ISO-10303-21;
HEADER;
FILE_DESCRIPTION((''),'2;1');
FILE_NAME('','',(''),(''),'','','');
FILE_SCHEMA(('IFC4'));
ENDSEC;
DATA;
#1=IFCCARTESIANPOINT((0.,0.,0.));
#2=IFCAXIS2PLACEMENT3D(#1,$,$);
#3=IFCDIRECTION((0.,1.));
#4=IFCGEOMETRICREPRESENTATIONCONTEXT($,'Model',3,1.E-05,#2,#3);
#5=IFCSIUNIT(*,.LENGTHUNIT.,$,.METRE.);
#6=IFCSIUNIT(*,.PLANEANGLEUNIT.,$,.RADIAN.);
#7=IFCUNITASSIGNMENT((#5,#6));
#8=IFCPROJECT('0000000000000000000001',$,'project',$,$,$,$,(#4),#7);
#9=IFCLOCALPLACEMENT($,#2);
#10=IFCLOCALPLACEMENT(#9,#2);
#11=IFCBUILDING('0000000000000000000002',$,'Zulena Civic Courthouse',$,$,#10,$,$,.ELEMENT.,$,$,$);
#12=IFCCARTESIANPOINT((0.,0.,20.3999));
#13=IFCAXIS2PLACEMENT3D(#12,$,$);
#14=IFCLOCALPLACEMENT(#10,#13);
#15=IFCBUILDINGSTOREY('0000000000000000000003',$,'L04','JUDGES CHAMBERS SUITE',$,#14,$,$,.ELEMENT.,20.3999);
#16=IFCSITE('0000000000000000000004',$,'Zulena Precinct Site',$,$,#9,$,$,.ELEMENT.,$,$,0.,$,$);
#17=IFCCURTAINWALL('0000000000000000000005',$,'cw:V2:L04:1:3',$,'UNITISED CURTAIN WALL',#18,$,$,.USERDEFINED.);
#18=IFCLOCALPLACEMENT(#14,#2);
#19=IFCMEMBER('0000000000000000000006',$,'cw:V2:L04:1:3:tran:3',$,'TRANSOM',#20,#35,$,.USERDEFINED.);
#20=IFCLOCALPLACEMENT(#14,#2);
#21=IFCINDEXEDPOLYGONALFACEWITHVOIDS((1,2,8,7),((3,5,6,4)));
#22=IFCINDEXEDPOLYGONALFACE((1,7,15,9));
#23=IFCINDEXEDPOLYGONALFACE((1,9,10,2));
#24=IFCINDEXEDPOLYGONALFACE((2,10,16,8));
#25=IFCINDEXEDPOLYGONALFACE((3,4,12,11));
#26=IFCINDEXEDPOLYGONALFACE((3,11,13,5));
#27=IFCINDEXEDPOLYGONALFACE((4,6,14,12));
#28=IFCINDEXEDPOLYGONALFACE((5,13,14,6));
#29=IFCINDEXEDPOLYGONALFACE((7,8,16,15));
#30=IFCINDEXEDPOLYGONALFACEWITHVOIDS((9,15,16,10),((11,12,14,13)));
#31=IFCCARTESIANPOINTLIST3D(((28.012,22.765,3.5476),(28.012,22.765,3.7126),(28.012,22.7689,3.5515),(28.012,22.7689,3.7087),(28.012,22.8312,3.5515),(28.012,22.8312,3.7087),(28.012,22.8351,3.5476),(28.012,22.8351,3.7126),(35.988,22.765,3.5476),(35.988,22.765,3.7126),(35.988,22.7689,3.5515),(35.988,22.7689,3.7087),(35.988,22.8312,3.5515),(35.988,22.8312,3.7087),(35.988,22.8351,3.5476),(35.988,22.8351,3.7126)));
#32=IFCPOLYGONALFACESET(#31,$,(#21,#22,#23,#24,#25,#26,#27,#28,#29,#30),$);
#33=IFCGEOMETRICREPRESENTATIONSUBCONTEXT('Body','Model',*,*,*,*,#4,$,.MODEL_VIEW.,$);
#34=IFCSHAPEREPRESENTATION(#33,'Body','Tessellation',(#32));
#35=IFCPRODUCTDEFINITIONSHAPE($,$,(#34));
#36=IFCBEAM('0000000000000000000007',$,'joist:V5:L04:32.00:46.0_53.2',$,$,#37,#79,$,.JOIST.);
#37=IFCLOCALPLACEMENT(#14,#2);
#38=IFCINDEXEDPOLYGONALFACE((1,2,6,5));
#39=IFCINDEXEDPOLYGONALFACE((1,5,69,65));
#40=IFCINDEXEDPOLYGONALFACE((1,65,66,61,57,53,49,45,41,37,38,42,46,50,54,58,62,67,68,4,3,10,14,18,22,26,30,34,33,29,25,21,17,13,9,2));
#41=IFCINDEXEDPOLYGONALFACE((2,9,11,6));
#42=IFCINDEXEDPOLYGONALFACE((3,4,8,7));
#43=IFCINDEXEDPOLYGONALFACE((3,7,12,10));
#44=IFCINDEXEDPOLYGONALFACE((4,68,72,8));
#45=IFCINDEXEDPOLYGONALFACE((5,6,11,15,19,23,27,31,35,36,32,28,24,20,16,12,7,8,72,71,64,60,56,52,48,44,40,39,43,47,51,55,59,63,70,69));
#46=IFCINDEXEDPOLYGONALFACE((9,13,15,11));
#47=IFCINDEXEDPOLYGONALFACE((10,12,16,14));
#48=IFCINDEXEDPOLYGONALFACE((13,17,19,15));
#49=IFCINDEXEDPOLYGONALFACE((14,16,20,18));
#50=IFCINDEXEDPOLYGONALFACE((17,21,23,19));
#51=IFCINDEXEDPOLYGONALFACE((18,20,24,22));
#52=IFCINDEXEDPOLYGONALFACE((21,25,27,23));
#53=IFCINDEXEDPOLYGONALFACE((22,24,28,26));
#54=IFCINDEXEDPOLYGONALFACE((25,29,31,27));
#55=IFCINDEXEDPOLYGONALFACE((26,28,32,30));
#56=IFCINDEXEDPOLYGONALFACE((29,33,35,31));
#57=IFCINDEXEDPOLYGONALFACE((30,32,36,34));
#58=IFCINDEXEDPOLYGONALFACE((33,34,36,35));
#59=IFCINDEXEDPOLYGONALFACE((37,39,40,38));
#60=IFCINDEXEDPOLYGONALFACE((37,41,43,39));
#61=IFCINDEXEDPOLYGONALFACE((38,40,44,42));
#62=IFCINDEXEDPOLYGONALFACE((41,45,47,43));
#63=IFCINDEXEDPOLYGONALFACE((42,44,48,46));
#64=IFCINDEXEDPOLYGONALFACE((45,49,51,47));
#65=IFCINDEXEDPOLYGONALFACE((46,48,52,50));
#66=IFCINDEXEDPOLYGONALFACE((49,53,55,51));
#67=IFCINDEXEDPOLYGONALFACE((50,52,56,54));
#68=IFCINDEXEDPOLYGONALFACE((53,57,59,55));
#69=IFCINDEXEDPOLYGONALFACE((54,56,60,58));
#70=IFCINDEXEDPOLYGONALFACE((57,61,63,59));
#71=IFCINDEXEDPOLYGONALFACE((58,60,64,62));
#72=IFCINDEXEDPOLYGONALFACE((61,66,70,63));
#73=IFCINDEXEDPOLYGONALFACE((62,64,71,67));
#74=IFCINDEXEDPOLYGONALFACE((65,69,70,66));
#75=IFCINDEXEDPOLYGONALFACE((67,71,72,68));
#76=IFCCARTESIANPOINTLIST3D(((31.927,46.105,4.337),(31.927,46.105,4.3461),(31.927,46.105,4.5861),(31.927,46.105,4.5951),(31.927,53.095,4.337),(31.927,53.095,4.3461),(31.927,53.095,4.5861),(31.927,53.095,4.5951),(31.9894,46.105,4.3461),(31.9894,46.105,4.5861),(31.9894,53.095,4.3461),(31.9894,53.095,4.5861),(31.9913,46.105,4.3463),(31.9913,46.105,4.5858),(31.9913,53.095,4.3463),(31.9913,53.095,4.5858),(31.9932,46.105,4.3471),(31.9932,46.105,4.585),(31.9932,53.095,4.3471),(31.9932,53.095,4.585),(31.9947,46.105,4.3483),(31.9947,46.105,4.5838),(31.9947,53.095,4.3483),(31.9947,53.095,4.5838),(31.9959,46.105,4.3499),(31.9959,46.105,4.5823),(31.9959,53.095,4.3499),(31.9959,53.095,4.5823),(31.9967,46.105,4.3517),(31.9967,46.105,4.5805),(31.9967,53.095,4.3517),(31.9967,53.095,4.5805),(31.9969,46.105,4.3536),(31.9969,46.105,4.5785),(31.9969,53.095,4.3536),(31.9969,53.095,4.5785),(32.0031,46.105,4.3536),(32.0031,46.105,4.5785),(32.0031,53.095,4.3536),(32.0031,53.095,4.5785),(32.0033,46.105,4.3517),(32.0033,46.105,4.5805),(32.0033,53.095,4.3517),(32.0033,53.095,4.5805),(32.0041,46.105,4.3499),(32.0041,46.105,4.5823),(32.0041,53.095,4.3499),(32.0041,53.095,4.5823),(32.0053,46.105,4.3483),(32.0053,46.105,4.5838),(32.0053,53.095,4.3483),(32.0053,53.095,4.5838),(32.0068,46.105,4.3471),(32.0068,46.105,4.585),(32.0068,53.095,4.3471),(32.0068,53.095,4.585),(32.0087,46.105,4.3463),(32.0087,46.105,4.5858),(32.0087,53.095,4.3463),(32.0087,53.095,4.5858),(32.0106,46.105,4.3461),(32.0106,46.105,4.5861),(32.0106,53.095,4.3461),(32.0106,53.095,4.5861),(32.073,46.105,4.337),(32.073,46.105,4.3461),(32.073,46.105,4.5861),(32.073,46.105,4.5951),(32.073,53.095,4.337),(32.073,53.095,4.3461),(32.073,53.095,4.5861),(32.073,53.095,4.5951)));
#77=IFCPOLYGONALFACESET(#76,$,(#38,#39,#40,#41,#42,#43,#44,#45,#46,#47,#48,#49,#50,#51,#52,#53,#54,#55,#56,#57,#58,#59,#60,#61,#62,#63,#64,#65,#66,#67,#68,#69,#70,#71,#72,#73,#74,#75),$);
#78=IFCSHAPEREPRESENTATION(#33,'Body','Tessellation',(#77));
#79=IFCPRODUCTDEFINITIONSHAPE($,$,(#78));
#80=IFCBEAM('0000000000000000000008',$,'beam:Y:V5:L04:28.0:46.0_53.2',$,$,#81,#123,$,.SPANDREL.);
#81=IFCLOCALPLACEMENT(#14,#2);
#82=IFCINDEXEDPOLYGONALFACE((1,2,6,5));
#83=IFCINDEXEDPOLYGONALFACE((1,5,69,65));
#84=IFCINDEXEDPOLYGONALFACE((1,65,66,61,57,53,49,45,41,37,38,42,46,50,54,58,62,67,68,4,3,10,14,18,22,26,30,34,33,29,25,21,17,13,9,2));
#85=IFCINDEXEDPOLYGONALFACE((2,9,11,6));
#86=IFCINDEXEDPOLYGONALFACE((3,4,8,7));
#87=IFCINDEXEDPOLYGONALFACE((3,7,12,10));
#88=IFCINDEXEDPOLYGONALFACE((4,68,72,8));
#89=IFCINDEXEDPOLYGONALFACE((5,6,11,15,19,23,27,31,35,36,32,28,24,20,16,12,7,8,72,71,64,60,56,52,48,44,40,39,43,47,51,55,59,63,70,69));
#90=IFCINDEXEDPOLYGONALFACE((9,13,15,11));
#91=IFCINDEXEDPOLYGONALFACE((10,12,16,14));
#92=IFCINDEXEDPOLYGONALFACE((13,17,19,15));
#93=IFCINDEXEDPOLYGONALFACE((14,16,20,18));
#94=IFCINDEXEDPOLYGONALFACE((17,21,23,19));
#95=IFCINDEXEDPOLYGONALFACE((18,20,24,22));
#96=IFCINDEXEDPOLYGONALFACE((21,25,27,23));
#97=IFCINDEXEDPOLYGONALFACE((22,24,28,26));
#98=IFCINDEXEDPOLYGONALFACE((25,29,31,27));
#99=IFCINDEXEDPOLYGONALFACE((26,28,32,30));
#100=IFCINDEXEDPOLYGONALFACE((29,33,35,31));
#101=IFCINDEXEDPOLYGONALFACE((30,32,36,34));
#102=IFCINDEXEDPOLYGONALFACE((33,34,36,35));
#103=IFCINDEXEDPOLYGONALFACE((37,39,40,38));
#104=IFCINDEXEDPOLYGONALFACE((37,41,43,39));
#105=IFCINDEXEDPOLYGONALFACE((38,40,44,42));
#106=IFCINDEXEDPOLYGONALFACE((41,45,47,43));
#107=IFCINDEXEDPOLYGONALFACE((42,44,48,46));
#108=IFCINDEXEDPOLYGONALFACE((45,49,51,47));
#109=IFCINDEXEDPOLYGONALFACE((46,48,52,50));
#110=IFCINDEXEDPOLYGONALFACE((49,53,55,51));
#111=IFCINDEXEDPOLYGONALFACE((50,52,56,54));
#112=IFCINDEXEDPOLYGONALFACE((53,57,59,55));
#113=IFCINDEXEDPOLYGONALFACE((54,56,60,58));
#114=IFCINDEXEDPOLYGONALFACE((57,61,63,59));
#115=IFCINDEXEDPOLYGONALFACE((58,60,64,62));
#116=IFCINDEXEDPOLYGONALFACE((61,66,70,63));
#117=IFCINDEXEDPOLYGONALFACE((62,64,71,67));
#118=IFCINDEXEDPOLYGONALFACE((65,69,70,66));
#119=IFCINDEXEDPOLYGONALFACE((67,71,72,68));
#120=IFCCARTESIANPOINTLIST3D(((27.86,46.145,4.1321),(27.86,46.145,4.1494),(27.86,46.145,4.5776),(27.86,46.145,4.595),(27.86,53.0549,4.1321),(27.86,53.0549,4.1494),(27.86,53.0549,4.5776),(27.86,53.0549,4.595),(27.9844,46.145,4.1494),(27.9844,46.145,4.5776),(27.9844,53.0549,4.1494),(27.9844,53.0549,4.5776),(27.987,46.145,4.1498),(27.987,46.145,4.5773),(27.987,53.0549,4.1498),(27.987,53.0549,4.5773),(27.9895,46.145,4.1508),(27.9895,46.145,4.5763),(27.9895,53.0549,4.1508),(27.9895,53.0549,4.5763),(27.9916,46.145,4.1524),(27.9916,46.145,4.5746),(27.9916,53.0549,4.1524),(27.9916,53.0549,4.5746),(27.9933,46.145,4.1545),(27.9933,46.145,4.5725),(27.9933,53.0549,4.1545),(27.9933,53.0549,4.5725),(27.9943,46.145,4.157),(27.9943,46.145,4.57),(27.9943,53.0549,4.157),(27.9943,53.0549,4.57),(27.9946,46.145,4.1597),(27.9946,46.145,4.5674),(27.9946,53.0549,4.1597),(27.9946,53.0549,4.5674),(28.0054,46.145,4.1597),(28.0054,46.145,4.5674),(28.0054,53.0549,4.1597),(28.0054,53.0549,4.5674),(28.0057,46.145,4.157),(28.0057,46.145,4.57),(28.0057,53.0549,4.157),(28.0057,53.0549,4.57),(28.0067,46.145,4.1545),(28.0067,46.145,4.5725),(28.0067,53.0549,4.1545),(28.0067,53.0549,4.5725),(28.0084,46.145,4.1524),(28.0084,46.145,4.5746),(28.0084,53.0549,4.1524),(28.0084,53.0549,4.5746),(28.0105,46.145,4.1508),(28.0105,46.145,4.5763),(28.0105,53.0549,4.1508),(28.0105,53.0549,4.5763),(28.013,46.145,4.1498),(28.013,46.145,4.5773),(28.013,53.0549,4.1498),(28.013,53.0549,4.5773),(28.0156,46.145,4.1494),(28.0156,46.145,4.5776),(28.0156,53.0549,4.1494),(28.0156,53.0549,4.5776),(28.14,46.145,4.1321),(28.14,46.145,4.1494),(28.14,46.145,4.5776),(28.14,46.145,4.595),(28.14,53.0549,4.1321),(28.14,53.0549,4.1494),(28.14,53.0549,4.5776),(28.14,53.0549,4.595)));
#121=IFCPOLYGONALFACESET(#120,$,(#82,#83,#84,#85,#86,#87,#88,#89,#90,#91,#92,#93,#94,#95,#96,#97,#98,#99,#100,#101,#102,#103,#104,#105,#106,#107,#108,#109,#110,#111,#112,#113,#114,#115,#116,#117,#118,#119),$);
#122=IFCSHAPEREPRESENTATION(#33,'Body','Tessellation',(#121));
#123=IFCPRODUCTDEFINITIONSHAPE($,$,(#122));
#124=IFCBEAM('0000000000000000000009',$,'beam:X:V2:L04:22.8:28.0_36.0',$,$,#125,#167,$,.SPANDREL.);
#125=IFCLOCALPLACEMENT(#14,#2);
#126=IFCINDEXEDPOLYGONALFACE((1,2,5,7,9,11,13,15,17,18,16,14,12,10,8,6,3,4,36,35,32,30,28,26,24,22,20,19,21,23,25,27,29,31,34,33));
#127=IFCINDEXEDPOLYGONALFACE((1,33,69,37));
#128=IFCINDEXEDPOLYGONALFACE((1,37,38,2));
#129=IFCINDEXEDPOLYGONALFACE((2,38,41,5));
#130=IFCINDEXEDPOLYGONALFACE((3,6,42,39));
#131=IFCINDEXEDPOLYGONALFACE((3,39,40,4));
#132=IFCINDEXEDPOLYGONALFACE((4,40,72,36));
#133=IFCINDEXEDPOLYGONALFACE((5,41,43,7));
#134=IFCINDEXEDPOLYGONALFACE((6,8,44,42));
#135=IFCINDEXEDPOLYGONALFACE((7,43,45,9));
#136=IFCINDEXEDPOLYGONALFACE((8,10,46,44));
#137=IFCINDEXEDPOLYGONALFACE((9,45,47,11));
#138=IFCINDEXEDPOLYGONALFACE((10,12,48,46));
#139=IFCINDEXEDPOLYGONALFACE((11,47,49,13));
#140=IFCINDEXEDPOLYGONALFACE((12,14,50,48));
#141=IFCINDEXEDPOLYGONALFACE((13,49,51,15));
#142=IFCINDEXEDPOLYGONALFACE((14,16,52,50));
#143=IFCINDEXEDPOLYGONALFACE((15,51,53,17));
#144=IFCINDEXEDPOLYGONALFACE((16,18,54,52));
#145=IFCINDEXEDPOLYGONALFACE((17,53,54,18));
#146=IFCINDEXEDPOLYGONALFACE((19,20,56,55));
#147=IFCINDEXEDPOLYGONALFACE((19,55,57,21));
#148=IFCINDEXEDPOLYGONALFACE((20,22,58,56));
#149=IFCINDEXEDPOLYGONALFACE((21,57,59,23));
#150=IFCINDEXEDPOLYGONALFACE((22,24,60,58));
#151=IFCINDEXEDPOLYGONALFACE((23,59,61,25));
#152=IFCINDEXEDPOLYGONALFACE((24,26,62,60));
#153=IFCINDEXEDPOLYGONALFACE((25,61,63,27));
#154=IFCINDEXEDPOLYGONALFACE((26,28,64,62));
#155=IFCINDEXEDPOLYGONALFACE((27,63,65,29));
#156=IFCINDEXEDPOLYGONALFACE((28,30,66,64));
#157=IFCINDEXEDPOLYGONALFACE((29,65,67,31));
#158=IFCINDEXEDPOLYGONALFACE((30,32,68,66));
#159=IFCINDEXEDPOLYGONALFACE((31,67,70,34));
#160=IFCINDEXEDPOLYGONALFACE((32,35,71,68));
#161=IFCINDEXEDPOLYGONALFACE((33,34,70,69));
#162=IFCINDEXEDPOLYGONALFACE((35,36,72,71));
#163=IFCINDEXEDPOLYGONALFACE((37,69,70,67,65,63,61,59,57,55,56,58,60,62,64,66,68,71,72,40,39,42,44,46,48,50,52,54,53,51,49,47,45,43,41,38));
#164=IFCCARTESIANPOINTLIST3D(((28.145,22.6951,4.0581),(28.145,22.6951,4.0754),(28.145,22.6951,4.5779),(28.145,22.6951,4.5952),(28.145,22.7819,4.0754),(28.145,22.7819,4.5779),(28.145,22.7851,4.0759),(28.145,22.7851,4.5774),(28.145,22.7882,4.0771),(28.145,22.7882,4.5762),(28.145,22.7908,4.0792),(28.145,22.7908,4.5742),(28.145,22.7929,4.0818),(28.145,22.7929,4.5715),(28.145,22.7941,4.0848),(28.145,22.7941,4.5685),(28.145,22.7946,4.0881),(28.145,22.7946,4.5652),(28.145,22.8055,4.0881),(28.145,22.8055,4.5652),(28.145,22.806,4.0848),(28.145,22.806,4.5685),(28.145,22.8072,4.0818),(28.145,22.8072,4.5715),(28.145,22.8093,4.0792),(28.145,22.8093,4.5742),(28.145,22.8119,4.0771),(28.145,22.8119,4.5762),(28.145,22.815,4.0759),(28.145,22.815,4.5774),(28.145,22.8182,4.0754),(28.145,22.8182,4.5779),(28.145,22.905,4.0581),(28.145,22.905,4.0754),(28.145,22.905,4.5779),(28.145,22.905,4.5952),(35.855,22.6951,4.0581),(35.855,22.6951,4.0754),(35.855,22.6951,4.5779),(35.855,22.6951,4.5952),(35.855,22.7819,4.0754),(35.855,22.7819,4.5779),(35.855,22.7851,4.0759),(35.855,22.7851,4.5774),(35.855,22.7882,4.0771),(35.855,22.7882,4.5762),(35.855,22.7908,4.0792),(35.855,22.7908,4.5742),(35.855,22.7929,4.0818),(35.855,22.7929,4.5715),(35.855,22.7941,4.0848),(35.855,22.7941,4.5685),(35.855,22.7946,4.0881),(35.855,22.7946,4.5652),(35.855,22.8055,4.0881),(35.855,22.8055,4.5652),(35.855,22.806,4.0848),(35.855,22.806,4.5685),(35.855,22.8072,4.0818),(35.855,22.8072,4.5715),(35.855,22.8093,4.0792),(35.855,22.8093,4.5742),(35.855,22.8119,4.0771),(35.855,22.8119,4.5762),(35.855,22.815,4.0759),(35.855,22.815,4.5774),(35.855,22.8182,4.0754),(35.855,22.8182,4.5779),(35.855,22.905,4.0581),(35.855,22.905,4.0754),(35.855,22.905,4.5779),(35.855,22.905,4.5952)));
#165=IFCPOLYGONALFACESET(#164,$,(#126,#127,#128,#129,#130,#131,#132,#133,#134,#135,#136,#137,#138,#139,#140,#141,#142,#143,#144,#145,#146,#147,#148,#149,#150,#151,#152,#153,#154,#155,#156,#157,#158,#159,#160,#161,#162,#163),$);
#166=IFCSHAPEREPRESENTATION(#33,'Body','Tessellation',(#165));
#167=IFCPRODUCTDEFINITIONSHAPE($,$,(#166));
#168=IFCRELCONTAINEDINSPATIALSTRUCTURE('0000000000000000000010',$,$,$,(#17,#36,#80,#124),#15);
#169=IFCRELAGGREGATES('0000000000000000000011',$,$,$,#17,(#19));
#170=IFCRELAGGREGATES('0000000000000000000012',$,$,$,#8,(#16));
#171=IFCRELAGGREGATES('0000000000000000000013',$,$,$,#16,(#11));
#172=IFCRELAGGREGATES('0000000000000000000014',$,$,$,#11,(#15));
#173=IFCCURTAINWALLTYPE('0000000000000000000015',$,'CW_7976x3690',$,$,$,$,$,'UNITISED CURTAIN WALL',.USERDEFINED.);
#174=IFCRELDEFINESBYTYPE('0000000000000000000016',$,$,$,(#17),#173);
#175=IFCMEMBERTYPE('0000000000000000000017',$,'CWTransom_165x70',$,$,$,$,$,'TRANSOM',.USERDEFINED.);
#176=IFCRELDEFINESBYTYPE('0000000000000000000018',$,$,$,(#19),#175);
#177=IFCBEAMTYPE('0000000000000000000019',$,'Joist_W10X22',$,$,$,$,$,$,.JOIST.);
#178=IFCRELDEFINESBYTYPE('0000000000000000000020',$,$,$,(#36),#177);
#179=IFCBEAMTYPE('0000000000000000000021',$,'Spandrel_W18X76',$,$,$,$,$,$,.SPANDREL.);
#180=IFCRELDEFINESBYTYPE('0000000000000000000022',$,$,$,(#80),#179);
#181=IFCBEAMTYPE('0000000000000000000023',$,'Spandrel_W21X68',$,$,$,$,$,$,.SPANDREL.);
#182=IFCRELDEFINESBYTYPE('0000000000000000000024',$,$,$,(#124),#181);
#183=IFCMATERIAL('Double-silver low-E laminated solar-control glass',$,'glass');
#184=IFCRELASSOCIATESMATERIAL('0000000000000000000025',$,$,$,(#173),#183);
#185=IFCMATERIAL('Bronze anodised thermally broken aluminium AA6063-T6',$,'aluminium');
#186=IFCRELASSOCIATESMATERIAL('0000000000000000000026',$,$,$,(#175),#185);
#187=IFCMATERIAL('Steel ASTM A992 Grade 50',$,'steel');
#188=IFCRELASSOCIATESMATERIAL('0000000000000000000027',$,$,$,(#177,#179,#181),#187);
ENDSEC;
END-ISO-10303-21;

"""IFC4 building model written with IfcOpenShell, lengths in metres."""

from ifc_helpers import new_model, si_unit, direction, frame, origin, origin_2d, place, context, subcontext, project, spatial, hollow_rectangle, i_section, extrude, material, material_profile, profile_set, type_object, element, aggregate, save


model = new_model("IFC4")

# Units and contexts
model_context = context("Model", 3, precision=1e-05, world=origin(), true_north=direction((0.0, 1.0)))
body_context = subcontext(model_context, "Body", "Model", "MODEL_VIEW")
ifc_project = project(units=[si_unit("LENGTHUNIT", "METRE"), si_unit("PLANEANGLEUNIT", "RADIAN")], contexts=[model_context])

# Site, building, storey
site_placement = place(None, origin())
site = spatial("IfcSite", under=ifc_project, at=site_placement, Name="Zulena Precinct Site", CompositionType="ELEMENT", RefElevation=0.0)
building_placement = place(site_placement, origin())
building = spatial("IfcBuilding", under=site, at=building_placement, Name="Zulena Civic Courthouse", CompositionType="ELEMENT")
storey_placement = place(building_placement, frame((0.0, 0.0, 20.3999)))
storey = spatial("IfcBuildingStorey", under=building, at=storey_placement, Name="L04", Description="JUDGES CHAMBERS SUITE", CompositionType="ELEMENT", Elevation=20.3999)

# Shared definitions
ifc_material_1 = material(Name="Steel ASTM A992 Grade 50", Category="steel")

# Curtain wall, member
ifc_material_2 = material(Name="Double-silver low-E laminated solar-control glass", Category="glass")
curtain_wall_type = type_object("IfcCurtainWallType", Name="CW_7976x3690", ElementType="UNITISED CURTAIN WALL", PredefinedType="USERDEFINED", material=ifc_material_2)
curtain_wall_placement = place(storey_placement, origin())
curtain_wall = element("IfcCurtainWall", 1, at=curtain_wall_placement, inside=storey, type_object=curtain_wall_type, Name="cw:V2:L04:1:3", ObjectType="UNITISED CURTAIN WALL", PredefinedType="USERDEFINED")
ifc_material_3 = material(Name="Bronze anodised thermally broken aluminium AA6063-T6", Category="aluminium")
ifc_material_profile_1 = material_profile(ifc_material_3, hollow_rectangle(XDim=0.0701, YDim=0.165, WallThickness=0.0039, at=origin_2d()), Name="CWT165X70X4")
ifc_profile_set_1 = profile_set([ifc_material_profile_1], Name="Bronze anodised thermally broken aluminium AA6063-T6")
member_type_1 = type_object("IfcMemberType", Name="CWTransom_165x70", ElementType="TRANSOM", PredefinedType="USERDEFINED", material=ifc_profile_set_1)
member_1_placement = place(storey_placement, frame((28.012, 22.8, 3.6301), z_axis=(1.0, 0.0, 0.0), x_axis=(0.0, 1.0, 0.0)))
member_1 = element("IfcMember", 2, at=member_1_placement, type_object=member_type_1, Name="cw:V2:L04:1:3:tran:3", ObjectType="TRANSOM", PredefinedType="USERDEFINED", context=body_context, shape_type="SweptSolid", body=[
    extrude(hollow_rectangle(XDim=0.0701, YDim=0.165, WallThickness=0.0039, at=origin_2d()), origin(), (0.0, 0.0, 1.0), 7.9761),
])

# Beams
ifc_material_profile_2 = material_profile(ifc_material_1, i_section(OverallWidth=0.146, OverallDepth=0.2581, WebThickness=0.0061, FlangeThickness=0.009, FilletRadius=0.0076, at=origin_2d()), Name="W10X22")
ifc_profile_set_2 = profile_set([ifc_material_profile_2], Name="Steel ASTM A992 Grade 50")
beam_type_1 = type_object("IfcBeamType", Name="Joist_W10X22", PredefinedType="JOIST", material=ifc_profile_set_2)
beam_1_placement = place(storey_placement, frame((32.0, 46.105, 4.4661), z_axis=(0.0, 1.0, 0.0), x_axis=(-1.0, 0.0, 0.0)))
element("IfcBeam", 3, at=beam_1_placement, inside=storey, type_object=beam_type_1, Name="joist:V5:L04:32.00:46.0_53.2", PredefinedType="JOIST", context=body_context, shape_type="SweptSolid", body=[
    extrude(i_section(OverallWidth=0.146, OverallDepth=0.2581, WebThickness=0.0061, FlangeThickness=0.009, FilletRadius=0.0076, at=origin_2d()), origin(), (0.0, 0.0, 1.0), 6.99),
])
ifc_material_profile_3 = material_profile(ifc_material_1, i_section(OverallWidth=0.28, OverallDepth=0.4629, WebThickness=0.0107, FlangeThickness=0.0173, FilletRadius=0.0103, at=origin_2d()), Name="W18X76")
ifc_profile_set_3 = profile_set([ifc_material_profile_3], Name="Steel ASTM A992 Grade 50")
beam_type_2 = type_object("IfcBeamType", Name="Spandrel_W18X76", PredefinedType="SPANDREL", material=ifc_profile_set_3)
beam_2_placement = place(storey_placement, frame((28.0, 46.145, 4.3635), z_axis=(0.0, 1.0, 0.0), x_axis=(-1.0, 0.0, 0.0)))
element("IfcBeam", 4, at=beam_2_placement, inside=storey, type_object=beam_type_2, Name="beam:Y:V5:L04:28.0:46.0_53.2", PredefinedType="SPANDREL", context=body_context, shape_type="SweptSolid", body=[
    extrude(i_section(OverallWidth=0.28, OverallDepth=0.4629, WebThickness=0.0107, FlangeThickness=0.0173, FilletRadius=0.0103, at=origin_2d()), origin(), (0.0, 0.0, 1.0), 6.9099),
])
ifc_material_profile_4 = material_profile(ifc_material_1, i_section(OverallWidth=0.21, OverallDepth=0.5371, WebThickness=0.011, FlangeThickness=0.0173, FilletRadius=0.0127, at=origin_2d()), Name="W21X68")
ifc_profile_set_4 = profile_set([ifc_material_profile_4], Name="Steel ASTM A992 Grade 50")
beam_type_3 = type_object("IfcBeamType", Name="Spandrel_W21X68", PredefinedType="SPANDREL", material=ifc_profile_set_4)
for number, where, z_axis, x_axis, name in (
    (5, (28.145, 22.8, 4.3267), (1.0, 0.0, 0.0), (0.0, 1.0, 0.0), "beam:X:V2:L04:22.8:28.0_36.0"),
):
    element("IfcBeam", number, at=place(storey_placement, frame(where, z_axis=z_axis, x_axis=x_axis)), inside=storey, type_object=beam_type_3, Name=name, PredefinedType="SPANDREL", context=body_context, shape_type="SweptSolid", body=[
        extrude(i_section(OverallWidth=0.21, OverallDepth=0.5371, WebThickness=0.011, FlangeThickness=0.0173, FilletRadius=0.0127, at=origin_2d()), origin(), (0.0, 0.0, 1.0), 7.71),
    ])

aggregate(curtain_wall, [member_1])

save(model, "model.ifc")
